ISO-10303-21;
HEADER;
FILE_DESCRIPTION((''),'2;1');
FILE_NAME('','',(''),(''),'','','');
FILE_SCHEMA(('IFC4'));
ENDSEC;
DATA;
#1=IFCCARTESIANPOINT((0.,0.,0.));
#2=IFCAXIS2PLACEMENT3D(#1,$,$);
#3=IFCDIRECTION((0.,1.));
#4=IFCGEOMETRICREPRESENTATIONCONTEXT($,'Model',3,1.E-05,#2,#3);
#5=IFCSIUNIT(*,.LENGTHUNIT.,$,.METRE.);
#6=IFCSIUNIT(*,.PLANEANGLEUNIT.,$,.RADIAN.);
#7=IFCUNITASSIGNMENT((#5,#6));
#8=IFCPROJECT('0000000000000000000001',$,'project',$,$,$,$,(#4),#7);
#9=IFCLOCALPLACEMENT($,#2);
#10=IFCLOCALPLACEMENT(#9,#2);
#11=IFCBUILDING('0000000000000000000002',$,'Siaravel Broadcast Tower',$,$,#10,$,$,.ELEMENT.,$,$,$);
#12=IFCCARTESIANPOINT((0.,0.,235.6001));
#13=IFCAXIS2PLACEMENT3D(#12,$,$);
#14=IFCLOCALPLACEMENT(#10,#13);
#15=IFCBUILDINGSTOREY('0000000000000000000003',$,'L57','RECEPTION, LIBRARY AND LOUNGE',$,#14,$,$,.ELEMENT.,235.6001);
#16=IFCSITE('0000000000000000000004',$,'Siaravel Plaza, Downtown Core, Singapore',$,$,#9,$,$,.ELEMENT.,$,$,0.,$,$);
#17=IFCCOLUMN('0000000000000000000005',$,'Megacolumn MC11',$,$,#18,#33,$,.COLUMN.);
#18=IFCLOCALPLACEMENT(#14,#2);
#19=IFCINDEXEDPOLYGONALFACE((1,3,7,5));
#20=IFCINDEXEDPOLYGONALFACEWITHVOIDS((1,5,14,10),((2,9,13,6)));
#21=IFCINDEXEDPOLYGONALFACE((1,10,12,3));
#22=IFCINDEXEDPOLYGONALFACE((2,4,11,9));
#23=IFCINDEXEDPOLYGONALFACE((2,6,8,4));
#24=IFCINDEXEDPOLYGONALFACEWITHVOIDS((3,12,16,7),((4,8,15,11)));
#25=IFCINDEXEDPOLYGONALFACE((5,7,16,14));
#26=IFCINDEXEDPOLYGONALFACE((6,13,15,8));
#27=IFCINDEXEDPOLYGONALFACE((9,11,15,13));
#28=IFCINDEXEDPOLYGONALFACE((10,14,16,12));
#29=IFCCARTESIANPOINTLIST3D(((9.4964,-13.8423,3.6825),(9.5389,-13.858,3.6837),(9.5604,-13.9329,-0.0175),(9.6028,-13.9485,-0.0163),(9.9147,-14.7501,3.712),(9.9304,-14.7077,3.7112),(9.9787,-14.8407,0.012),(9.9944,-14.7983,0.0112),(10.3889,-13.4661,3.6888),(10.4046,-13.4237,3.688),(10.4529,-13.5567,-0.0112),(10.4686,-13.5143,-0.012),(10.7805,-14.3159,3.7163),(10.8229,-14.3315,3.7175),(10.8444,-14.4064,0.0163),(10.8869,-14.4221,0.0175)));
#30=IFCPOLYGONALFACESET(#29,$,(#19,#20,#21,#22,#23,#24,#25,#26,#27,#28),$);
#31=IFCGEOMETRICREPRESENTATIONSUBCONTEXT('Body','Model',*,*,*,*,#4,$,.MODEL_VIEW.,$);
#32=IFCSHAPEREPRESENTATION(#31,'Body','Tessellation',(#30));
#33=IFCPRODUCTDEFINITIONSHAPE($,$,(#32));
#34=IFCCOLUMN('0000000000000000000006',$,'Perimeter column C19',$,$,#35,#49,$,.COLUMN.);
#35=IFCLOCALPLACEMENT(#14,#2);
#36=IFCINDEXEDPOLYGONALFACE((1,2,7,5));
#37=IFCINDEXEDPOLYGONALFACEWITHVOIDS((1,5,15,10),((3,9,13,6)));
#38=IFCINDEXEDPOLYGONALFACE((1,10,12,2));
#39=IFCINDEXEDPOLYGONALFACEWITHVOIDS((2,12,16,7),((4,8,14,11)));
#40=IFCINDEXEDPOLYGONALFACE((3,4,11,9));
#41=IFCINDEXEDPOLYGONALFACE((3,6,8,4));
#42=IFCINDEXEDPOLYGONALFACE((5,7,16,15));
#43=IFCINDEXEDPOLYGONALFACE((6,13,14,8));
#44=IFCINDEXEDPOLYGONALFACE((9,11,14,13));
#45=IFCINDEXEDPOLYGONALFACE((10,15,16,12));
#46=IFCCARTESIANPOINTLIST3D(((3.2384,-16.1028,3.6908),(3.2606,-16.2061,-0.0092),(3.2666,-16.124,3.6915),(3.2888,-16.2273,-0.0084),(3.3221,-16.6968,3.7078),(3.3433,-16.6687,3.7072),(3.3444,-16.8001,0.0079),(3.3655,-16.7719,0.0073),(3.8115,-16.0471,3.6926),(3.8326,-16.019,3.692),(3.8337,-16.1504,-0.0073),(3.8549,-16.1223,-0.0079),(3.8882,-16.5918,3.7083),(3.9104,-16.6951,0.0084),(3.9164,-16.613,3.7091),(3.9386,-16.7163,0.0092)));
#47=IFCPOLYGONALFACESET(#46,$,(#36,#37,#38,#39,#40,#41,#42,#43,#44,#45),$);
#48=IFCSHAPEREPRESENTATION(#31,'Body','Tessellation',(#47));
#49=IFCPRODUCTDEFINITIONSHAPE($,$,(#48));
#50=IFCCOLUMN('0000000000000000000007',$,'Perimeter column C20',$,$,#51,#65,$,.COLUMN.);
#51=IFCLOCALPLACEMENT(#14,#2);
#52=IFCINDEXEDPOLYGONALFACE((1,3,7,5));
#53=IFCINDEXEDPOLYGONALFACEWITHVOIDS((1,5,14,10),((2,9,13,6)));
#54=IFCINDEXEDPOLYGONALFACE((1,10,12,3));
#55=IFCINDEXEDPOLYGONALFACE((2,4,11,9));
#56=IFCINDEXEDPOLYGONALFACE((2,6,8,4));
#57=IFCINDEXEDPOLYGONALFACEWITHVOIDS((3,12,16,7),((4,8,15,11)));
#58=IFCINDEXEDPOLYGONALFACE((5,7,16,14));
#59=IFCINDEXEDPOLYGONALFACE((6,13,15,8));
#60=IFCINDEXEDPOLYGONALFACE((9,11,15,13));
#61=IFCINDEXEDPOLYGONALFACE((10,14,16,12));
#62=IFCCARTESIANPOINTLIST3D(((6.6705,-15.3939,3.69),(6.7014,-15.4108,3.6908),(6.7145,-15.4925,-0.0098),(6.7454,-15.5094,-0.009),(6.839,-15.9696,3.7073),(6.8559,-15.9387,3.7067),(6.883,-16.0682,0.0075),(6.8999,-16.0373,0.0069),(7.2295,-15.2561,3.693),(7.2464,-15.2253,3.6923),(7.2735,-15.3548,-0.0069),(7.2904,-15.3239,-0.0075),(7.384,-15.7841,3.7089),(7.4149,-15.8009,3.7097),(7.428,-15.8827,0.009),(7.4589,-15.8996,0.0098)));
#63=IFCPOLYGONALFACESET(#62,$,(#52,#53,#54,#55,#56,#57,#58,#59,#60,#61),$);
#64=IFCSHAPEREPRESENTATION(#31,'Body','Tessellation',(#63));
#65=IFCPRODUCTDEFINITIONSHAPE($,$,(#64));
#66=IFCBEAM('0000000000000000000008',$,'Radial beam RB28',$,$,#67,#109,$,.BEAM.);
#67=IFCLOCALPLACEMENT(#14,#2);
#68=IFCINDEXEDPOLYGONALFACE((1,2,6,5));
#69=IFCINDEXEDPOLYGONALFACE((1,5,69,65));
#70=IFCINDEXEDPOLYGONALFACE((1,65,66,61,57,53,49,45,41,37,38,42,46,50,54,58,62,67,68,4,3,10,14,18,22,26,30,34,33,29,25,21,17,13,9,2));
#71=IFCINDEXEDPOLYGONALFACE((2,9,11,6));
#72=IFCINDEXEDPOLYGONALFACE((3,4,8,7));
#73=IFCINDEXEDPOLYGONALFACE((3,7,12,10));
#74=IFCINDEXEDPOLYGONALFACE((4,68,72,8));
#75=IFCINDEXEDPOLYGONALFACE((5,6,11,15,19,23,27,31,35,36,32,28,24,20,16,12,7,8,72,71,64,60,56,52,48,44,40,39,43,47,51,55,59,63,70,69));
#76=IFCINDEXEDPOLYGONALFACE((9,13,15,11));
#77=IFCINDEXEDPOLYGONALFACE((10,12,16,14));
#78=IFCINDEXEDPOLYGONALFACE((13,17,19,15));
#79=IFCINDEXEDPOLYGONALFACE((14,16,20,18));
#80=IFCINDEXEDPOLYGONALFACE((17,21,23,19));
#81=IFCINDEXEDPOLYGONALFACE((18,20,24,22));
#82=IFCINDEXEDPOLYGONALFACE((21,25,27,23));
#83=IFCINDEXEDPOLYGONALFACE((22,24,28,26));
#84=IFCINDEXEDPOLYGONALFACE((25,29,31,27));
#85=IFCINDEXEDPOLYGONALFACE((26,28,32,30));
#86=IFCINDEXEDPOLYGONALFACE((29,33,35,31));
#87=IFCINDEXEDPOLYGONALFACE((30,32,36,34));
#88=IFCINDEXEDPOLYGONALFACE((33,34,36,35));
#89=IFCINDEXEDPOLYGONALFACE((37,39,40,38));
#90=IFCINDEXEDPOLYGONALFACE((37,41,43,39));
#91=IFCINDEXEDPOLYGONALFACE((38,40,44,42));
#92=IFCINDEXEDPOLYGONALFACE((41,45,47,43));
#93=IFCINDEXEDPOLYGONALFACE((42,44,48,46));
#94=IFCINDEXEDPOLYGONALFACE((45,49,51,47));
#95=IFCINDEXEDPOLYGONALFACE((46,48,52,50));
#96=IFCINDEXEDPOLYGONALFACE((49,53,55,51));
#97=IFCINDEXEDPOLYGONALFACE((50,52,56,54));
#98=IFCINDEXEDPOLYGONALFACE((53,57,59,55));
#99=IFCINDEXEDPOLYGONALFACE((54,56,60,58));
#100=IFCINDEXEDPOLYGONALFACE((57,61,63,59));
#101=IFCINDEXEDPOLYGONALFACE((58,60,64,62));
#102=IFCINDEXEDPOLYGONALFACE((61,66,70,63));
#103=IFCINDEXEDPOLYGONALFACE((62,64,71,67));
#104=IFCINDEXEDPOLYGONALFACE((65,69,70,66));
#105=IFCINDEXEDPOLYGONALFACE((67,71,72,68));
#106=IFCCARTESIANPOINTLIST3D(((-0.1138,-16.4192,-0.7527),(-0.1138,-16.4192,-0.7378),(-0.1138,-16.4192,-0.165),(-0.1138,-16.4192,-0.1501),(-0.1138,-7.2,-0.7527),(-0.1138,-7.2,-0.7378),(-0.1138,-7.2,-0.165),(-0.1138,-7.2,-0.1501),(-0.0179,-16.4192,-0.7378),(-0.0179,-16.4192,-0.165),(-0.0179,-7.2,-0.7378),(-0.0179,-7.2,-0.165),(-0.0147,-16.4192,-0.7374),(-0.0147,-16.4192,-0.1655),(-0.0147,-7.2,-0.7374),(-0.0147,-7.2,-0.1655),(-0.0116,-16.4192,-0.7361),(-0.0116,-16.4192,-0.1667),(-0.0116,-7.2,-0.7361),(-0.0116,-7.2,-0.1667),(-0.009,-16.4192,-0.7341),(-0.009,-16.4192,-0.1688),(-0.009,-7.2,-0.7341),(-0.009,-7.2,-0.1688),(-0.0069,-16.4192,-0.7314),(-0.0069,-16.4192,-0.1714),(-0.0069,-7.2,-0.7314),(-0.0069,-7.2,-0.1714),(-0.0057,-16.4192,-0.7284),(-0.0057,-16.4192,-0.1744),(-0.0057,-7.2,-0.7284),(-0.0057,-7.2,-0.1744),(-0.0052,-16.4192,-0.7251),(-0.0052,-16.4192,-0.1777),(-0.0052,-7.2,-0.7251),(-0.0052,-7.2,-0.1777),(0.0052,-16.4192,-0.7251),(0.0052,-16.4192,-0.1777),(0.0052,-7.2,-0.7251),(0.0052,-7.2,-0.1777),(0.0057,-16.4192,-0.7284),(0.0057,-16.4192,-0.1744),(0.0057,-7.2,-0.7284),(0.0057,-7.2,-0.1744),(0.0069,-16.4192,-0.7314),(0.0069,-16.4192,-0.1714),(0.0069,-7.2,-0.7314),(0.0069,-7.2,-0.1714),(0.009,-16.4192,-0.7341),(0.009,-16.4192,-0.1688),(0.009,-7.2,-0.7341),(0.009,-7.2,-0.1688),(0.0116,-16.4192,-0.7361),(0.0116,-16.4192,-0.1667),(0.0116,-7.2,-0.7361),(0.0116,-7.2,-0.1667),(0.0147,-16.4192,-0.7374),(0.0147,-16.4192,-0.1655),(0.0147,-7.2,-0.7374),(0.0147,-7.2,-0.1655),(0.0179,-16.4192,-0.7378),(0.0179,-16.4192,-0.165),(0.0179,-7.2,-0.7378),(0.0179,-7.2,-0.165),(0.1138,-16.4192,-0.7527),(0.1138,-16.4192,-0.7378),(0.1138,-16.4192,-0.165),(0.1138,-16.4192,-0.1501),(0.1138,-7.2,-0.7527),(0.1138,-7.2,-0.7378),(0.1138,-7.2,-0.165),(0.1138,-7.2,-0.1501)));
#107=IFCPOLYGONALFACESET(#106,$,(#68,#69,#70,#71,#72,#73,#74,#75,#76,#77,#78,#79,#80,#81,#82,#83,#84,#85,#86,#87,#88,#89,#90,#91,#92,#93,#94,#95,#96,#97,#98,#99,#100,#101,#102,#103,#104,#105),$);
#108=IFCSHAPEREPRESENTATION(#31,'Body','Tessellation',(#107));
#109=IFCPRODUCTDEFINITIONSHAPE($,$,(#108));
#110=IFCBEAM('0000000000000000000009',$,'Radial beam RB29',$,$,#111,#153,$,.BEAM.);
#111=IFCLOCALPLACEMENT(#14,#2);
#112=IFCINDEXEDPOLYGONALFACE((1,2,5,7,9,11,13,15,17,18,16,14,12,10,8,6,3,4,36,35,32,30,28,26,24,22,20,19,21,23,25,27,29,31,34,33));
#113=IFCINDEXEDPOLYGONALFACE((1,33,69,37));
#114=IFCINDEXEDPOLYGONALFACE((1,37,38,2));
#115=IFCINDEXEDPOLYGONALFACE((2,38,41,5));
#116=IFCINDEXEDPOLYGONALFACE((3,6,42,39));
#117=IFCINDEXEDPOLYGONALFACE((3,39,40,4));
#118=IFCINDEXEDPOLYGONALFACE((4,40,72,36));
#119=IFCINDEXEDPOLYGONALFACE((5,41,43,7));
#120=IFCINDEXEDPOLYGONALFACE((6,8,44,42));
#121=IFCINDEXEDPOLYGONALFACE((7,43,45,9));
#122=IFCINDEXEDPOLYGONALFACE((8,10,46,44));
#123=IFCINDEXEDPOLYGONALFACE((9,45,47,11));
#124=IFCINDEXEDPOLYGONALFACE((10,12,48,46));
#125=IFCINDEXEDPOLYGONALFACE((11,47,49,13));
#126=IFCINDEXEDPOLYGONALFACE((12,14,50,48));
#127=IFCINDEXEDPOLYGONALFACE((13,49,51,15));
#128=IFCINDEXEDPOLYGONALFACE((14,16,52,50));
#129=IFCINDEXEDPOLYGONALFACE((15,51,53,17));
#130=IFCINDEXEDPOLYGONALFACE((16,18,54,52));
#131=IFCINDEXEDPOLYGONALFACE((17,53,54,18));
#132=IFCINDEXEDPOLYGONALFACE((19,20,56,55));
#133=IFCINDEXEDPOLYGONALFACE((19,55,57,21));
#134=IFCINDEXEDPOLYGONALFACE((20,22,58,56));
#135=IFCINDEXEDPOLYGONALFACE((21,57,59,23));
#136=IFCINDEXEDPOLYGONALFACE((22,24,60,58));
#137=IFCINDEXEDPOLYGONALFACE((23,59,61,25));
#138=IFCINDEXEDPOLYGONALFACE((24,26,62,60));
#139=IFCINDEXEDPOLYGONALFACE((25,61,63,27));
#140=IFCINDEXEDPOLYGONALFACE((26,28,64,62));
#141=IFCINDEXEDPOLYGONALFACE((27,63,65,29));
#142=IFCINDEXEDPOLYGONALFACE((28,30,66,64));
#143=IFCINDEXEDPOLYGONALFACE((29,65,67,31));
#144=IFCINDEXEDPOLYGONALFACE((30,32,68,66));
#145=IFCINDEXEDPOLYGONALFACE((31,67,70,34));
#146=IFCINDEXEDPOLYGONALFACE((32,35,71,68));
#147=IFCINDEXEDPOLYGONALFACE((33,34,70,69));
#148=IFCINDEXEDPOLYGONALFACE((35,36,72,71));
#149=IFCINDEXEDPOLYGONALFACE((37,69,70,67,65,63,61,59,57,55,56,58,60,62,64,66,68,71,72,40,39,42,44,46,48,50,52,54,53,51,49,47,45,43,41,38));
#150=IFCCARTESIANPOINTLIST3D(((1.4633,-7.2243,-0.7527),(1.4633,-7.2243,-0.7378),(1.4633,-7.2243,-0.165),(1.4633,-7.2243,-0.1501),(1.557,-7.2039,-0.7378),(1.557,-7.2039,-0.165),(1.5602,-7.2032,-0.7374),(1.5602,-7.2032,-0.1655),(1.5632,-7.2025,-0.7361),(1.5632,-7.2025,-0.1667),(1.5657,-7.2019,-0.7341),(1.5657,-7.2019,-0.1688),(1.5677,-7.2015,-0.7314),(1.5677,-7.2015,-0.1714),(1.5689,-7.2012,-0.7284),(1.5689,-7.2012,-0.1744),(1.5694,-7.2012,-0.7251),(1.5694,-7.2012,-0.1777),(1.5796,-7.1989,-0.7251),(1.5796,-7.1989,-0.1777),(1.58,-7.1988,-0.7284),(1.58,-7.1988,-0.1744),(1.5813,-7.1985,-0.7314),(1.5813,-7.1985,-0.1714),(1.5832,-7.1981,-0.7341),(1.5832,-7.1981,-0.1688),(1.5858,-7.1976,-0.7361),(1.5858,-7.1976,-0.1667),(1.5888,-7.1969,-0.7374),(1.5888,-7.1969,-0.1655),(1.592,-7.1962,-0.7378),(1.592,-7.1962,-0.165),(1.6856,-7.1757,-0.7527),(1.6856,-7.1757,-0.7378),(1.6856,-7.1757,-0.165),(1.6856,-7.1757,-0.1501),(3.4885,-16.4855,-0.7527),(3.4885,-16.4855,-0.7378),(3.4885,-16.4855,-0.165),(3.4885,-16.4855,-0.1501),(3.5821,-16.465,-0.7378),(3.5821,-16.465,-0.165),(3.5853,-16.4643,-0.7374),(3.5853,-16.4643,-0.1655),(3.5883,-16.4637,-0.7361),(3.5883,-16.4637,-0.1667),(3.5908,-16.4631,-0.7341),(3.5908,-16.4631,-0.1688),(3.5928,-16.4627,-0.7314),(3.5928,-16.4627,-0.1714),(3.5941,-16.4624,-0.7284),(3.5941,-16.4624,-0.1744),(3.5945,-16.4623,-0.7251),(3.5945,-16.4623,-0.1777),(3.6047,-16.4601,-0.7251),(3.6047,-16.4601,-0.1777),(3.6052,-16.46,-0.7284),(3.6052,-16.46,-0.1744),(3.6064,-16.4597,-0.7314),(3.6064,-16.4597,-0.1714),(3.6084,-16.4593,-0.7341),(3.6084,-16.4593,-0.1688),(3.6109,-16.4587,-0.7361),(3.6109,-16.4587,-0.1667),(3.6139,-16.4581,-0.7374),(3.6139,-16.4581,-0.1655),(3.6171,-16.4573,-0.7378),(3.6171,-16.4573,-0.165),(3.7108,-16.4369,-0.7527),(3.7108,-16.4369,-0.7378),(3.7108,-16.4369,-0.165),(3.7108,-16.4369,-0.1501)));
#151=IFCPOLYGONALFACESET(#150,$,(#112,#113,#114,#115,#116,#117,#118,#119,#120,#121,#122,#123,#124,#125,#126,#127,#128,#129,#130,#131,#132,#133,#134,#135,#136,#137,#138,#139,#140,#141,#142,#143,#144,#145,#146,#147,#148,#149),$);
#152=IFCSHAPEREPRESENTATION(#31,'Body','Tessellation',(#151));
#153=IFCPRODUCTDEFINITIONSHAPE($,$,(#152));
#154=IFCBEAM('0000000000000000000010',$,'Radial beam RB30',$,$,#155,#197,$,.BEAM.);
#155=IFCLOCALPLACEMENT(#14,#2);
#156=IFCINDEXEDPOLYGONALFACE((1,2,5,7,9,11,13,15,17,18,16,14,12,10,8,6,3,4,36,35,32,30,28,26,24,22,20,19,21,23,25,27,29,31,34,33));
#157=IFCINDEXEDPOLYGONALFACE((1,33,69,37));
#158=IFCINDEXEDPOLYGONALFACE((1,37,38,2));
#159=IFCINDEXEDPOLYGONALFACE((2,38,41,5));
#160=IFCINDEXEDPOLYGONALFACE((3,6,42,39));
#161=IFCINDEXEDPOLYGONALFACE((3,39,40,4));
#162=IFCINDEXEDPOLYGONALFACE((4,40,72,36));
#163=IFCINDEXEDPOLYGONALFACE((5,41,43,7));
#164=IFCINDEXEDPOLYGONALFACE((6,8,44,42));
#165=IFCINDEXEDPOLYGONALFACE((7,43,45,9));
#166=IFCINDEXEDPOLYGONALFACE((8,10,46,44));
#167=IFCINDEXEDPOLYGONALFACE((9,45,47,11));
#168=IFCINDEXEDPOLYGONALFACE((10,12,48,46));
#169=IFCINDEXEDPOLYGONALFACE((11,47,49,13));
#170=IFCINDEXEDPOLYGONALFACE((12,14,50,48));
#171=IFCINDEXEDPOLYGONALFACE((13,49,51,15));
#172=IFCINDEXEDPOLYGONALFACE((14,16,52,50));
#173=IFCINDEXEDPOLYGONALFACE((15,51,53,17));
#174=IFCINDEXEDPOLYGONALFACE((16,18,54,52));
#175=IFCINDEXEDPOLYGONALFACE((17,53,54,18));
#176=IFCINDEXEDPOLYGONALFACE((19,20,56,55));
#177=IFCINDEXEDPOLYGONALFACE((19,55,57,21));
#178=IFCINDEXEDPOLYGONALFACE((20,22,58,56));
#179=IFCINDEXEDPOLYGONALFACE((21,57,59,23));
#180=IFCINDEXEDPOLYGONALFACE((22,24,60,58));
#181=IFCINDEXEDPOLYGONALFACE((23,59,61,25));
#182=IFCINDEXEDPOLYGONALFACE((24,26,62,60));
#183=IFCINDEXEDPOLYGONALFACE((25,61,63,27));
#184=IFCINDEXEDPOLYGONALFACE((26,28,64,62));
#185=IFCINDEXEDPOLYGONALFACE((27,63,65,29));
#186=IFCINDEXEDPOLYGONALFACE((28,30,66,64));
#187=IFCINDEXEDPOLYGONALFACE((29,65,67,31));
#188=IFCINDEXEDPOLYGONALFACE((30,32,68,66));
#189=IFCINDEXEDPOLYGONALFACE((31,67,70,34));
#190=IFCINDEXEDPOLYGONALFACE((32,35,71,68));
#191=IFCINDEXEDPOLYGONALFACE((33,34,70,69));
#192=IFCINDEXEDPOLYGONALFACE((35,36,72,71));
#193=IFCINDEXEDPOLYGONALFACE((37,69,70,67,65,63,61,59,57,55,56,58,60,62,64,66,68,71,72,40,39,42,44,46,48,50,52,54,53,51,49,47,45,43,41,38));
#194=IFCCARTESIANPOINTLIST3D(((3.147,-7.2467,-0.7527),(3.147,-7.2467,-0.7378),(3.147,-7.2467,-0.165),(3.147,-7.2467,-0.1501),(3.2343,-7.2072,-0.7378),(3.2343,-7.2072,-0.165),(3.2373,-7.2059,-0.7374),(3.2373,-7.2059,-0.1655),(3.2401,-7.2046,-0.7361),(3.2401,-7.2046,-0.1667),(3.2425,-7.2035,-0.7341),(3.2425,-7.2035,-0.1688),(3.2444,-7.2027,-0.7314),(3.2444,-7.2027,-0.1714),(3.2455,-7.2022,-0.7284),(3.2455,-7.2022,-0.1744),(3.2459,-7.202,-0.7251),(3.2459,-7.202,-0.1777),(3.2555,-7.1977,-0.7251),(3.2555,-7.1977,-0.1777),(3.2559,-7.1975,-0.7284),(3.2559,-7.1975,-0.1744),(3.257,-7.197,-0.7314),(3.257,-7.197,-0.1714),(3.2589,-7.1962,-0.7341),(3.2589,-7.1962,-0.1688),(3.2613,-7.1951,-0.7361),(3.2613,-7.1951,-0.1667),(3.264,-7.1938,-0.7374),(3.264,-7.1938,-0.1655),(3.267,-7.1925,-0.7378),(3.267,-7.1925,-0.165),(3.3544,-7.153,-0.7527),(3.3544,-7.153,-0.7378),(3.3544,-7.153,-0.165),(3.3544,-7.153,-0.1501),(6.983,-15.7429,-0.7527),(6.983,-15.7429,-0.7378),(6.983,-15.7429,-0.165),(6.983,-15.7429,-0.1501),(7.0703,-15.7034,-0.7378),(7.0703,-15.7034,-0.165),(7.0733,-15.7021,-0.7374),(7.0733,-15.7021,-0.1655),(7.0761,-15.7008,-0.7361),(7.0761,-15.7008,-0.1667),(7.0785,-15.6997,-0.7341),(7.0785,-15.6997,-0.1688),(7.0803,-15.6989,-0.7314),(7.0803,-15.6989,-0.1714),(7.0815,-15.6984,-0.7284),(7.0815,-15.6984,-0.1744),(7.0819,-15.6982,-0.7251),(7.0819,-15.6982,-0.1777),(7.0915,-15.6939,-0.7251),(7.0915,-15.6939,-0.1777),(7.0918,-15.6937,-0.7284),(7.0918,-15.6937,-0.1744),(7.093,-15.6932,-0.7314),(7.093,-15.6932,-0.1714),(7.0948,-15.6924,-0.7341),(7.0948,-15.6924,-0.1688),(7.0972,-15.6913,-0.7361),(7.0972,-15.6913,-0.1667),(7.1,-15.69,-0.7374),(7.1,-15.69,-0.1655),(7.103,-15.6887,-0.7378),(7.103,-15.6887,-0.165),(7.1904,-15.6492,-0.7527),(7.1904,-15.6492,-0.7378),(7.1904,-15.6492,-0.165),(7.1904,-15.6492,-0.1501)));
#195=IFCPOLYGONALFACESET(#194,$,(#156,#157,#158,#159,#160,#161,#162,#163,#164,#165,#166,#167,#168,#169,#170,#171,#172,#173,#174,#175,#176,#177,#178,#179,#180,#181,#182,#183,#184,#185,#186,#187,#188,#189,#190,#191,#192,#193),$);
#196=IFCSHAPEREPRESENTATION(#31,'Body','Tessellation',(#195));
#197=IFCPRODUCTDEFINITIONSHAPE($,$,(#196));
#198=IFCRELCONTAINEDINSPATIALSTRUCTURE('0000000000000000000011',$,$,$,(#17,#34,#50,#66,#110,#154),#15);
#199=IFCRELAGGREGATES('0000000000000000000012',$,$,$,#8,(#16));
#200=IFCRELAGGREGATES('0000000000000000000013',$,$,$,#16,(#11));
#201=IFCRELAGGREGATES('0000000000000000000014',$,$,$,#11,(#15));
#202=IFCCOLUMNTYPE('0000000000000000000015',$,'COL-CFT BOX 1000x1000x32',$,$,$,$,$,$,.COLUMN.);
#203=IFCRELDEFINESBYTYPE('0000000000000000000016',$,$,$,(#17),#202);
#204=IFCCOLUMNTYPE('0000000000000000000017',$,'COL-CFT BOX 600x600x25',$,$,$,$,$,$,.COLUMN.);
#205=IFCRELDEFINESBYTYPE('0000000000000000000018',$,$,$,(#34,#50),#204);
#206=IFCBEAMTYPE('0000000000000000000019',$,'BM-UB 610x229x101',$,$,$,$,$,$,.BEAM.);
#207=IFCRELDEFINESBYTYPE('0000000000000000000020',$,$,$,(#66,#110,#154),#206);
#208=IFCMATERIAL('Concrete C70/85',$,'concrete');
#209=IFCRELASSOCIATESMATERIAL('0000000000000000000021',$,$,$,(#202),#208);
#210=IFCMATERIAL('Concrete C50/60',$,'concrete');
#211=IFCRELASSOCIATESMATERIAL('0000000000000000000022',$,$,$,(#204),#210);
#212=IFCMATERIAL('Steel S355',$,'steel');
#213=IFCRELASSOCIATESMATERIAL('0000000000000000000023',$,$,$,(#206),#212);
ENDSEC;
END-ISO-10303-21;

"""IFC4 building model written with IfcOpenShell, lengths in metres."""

from ifc_helpers import new_model, si_unit, direction, frame, origin, origin_2d, place, context, subcontext, project, spatial, hollow_rectangle, i_section, extrude, material, material_profile, profile_set, type_object, element, save


model = new_model("IFC4")

# Units and contexts
model_context = context("Model", 3, precision=1e-05, world=origin(), true_north=direction((0.0, 1.0)))
body_context = subcontext(model_context, "Body", "Model", "MODEL_VIEW")
ifc_project = project(units=[si_unit("LENGTHUNIT", "METRE"), si_unit("PLANEANGLEUNIT", "RADIAN")], contexts=[model_context])

# Site, building, storey
site_placement = place(None, origin())
site = spatial("IfcSite", under=ifc_project, at=site_placement, Name="Siaravel Plaza, Downtown Core, Singapore", CompositionType="ELEMENT", RefElevation=0.0)
building_placement = place(site_placement, origin())
building = spatial("IfcBuilding", under=site, at=building_placement, Name="Siaravel Broadcast Tower", CompositionType="ELEMENT")
storey_placement = place(building_placement, frame((0.0, 0.0, 235.6001)))
storey = spatial("IfcBuildingStorey", under=building, at=storey_placement, Name="L57", Description="RECEPTION, LIBRARY AND LOUNGE", CompositionType="ELEMENT", Elevation=235.6001)

# Columns
ifc_material_1 = material(Name="Concrete C70/85", Category="concrete")
ifc_material_profile_1 = material_profile(ifc_material_1, hollow_rectangle(XDim=1.0, YDim=1.0, WallThickness=0.032, at=origin_2d()))
ifc_profile_set_1 = profile_set([ifc_material_profile_1], Name="Concrete C70/85")
column_type_1 = type_object("IfcColumnType", Name="COL-CFT BOX 1000x1000x32", PredefinedType="COLUMN", material=ifc_profile_set_1)
column_placement = place(storey_placement, frame((10.2236, -14.1775, 0.0), z_axis=(-0.01728, 0.024469, 0.999551), x_axis=(-0.908142, -0.418627, -0.005452)))
element("IfcColumn", 1, at=column_placement, inside=storey, type_object=column_type_1, Name="Megacolumn MC11", PredefinedType="COLUMN", context=body_context, shape_type="SweptSolid", body=[
    extrude(hollow_rectangle(XDim=1.0, YDim=1.0, WallThickness=0.032, at=origin_2d()), origin(), (0.0, 0.0, 1.0), 3.7017),
])
ifc_material_2 = material(Name="Concrete C50/60", Category="concrete")
ifc_material_profile_2 = material_profile(ifc_material_2, hollow_rectangle(XDim=0.6001, YDim=0.6001, WallThickness=0.0249, at=origin_2d()))
ifc_profile_set_2 = profile_set([ifc_material_profile_2], Name="Concrete C50/60")
column_type_2 = type_object("IfcColumnType", Name="COL-CFT BOX 600x600x25", PredefinedType="COLUMN", material=ifc_profile_set_2)
for number, where, z_axis, x_axis, name in (
    (2, (3.5996, -16.4612, 0.0), (-0.006002, 0.0279, 0.999593), (-0.990201, -0.139634, -0.002048), "Perimeter column C19"),
    (3, (7.0867, -15.696, 0.0), (-0.011872, 0.026647, 0.999574), (-0.959698, -0.281005, -0.003908), "Perimeter column C20"),
):
    element("IfcColumn", number, at=place(storey_placement, frame(where, z_axis=z_axis, x_axis=x_axis)), inside=storey, type_object=column_type_2, Name=name, PredefinedType="COLUMN", context=body_context, shape_type="SweptSolid", body=[
        extrude(hollow_rectangle(XDim=0.6001, YDim=0.6001, WallThickness=0.0249, at=origin_2d()), origin(), (0.0, 0.0, 1.0), 3.7014),
    ])

# Beams
ifc_material_3 = material(Name="Steel S355", Category="steel")
ifc_material_profile_3 = material_profile(ifc_material_3, i_section(OverallWidth=0.2275, OverallDepth=0.6025, WebThickness=0.0105, FlangeThickness=0.0149, FilletRadius=0.0127, at=origin_2d()))
ifc_profile_set_3 = profile_set([ifc_material_profile_3], Name="Steel S355")
beam_type = type_object("IfcBeamType", Name="BM-UB 610x229x101", PredefinedType="BEAM", material=ifc_profile_set_3)
beam_1_placement = place(storey_placement, frame((0.0, -16.4192, -0.4514), z_axis=(0.0, 1.0, 0.0), x_axis=(-1.0, 0.0, 0.0)))
element("IfcBeam", 4, at=beam_1_placement, inside=storey, type_object=beam_type, Name="Radial beam RB28", PredefinedType="BEAM", context=body_context, shape_type="SweptSolid", body=[
    extrude(i_section(OverallWidth=0.2275, OverallDepth=0.6025, WebThickness=0.0105, FlangeThickness=0.0149, FilletRadius=0.0127, at=origin_2d()), origin(), (0.0, 0.0, 1.0), 9.2192),
])
beam_2_placement = place(storey_placement, frame((3.5996, -16.4612, -0.4514), z_axis=(-0.213622, 0.976916, 0.0), x_axis=(-0.976916, -0.213622, 0.0)))
element("IfcBeam", 5, at=beam_2_placement, inside=storey, type_object=beam_type, Name="Radial beam RB29", PredefinedType="BEAM", context=body_context, shape_type="SweptSolid", body=[
    extrude(i_section(OverallWidth=0.2275, OverallDepth=0.6025, WebThickness=0.0105, FlangeThickness=0.0149, FilletRadius=0.0127, at=origin_2d()), origin(), (0.0, 0.0, 1.0), 9.48),
])
beam_3_placement = place(storey_placement, frame((7.0867, -15.696, -0.4514), z_axis=(-0.411497, 0.911411, 0.0), x_axis=(-0.911411, -0.411497, 0.0)))
element("IfcBeam", 6, at=beam_3_placement, inside=storey, type_object=beam_type, Name="Radial beam RB30", PredefinedType="BEAM", context=body_context, shape_type="SweptSolid", body=[
    extrude(i_section(OverallWidth=0.2275, OverallDepth=0.6025, WebThickness=0.0105, FlangeThickness=0.0149, FilletRadius=0.0127, at=origin_2d()), origin(), (0.0, 0.0, 1.0), 9.322),
])

save(model, "model.ifc")
